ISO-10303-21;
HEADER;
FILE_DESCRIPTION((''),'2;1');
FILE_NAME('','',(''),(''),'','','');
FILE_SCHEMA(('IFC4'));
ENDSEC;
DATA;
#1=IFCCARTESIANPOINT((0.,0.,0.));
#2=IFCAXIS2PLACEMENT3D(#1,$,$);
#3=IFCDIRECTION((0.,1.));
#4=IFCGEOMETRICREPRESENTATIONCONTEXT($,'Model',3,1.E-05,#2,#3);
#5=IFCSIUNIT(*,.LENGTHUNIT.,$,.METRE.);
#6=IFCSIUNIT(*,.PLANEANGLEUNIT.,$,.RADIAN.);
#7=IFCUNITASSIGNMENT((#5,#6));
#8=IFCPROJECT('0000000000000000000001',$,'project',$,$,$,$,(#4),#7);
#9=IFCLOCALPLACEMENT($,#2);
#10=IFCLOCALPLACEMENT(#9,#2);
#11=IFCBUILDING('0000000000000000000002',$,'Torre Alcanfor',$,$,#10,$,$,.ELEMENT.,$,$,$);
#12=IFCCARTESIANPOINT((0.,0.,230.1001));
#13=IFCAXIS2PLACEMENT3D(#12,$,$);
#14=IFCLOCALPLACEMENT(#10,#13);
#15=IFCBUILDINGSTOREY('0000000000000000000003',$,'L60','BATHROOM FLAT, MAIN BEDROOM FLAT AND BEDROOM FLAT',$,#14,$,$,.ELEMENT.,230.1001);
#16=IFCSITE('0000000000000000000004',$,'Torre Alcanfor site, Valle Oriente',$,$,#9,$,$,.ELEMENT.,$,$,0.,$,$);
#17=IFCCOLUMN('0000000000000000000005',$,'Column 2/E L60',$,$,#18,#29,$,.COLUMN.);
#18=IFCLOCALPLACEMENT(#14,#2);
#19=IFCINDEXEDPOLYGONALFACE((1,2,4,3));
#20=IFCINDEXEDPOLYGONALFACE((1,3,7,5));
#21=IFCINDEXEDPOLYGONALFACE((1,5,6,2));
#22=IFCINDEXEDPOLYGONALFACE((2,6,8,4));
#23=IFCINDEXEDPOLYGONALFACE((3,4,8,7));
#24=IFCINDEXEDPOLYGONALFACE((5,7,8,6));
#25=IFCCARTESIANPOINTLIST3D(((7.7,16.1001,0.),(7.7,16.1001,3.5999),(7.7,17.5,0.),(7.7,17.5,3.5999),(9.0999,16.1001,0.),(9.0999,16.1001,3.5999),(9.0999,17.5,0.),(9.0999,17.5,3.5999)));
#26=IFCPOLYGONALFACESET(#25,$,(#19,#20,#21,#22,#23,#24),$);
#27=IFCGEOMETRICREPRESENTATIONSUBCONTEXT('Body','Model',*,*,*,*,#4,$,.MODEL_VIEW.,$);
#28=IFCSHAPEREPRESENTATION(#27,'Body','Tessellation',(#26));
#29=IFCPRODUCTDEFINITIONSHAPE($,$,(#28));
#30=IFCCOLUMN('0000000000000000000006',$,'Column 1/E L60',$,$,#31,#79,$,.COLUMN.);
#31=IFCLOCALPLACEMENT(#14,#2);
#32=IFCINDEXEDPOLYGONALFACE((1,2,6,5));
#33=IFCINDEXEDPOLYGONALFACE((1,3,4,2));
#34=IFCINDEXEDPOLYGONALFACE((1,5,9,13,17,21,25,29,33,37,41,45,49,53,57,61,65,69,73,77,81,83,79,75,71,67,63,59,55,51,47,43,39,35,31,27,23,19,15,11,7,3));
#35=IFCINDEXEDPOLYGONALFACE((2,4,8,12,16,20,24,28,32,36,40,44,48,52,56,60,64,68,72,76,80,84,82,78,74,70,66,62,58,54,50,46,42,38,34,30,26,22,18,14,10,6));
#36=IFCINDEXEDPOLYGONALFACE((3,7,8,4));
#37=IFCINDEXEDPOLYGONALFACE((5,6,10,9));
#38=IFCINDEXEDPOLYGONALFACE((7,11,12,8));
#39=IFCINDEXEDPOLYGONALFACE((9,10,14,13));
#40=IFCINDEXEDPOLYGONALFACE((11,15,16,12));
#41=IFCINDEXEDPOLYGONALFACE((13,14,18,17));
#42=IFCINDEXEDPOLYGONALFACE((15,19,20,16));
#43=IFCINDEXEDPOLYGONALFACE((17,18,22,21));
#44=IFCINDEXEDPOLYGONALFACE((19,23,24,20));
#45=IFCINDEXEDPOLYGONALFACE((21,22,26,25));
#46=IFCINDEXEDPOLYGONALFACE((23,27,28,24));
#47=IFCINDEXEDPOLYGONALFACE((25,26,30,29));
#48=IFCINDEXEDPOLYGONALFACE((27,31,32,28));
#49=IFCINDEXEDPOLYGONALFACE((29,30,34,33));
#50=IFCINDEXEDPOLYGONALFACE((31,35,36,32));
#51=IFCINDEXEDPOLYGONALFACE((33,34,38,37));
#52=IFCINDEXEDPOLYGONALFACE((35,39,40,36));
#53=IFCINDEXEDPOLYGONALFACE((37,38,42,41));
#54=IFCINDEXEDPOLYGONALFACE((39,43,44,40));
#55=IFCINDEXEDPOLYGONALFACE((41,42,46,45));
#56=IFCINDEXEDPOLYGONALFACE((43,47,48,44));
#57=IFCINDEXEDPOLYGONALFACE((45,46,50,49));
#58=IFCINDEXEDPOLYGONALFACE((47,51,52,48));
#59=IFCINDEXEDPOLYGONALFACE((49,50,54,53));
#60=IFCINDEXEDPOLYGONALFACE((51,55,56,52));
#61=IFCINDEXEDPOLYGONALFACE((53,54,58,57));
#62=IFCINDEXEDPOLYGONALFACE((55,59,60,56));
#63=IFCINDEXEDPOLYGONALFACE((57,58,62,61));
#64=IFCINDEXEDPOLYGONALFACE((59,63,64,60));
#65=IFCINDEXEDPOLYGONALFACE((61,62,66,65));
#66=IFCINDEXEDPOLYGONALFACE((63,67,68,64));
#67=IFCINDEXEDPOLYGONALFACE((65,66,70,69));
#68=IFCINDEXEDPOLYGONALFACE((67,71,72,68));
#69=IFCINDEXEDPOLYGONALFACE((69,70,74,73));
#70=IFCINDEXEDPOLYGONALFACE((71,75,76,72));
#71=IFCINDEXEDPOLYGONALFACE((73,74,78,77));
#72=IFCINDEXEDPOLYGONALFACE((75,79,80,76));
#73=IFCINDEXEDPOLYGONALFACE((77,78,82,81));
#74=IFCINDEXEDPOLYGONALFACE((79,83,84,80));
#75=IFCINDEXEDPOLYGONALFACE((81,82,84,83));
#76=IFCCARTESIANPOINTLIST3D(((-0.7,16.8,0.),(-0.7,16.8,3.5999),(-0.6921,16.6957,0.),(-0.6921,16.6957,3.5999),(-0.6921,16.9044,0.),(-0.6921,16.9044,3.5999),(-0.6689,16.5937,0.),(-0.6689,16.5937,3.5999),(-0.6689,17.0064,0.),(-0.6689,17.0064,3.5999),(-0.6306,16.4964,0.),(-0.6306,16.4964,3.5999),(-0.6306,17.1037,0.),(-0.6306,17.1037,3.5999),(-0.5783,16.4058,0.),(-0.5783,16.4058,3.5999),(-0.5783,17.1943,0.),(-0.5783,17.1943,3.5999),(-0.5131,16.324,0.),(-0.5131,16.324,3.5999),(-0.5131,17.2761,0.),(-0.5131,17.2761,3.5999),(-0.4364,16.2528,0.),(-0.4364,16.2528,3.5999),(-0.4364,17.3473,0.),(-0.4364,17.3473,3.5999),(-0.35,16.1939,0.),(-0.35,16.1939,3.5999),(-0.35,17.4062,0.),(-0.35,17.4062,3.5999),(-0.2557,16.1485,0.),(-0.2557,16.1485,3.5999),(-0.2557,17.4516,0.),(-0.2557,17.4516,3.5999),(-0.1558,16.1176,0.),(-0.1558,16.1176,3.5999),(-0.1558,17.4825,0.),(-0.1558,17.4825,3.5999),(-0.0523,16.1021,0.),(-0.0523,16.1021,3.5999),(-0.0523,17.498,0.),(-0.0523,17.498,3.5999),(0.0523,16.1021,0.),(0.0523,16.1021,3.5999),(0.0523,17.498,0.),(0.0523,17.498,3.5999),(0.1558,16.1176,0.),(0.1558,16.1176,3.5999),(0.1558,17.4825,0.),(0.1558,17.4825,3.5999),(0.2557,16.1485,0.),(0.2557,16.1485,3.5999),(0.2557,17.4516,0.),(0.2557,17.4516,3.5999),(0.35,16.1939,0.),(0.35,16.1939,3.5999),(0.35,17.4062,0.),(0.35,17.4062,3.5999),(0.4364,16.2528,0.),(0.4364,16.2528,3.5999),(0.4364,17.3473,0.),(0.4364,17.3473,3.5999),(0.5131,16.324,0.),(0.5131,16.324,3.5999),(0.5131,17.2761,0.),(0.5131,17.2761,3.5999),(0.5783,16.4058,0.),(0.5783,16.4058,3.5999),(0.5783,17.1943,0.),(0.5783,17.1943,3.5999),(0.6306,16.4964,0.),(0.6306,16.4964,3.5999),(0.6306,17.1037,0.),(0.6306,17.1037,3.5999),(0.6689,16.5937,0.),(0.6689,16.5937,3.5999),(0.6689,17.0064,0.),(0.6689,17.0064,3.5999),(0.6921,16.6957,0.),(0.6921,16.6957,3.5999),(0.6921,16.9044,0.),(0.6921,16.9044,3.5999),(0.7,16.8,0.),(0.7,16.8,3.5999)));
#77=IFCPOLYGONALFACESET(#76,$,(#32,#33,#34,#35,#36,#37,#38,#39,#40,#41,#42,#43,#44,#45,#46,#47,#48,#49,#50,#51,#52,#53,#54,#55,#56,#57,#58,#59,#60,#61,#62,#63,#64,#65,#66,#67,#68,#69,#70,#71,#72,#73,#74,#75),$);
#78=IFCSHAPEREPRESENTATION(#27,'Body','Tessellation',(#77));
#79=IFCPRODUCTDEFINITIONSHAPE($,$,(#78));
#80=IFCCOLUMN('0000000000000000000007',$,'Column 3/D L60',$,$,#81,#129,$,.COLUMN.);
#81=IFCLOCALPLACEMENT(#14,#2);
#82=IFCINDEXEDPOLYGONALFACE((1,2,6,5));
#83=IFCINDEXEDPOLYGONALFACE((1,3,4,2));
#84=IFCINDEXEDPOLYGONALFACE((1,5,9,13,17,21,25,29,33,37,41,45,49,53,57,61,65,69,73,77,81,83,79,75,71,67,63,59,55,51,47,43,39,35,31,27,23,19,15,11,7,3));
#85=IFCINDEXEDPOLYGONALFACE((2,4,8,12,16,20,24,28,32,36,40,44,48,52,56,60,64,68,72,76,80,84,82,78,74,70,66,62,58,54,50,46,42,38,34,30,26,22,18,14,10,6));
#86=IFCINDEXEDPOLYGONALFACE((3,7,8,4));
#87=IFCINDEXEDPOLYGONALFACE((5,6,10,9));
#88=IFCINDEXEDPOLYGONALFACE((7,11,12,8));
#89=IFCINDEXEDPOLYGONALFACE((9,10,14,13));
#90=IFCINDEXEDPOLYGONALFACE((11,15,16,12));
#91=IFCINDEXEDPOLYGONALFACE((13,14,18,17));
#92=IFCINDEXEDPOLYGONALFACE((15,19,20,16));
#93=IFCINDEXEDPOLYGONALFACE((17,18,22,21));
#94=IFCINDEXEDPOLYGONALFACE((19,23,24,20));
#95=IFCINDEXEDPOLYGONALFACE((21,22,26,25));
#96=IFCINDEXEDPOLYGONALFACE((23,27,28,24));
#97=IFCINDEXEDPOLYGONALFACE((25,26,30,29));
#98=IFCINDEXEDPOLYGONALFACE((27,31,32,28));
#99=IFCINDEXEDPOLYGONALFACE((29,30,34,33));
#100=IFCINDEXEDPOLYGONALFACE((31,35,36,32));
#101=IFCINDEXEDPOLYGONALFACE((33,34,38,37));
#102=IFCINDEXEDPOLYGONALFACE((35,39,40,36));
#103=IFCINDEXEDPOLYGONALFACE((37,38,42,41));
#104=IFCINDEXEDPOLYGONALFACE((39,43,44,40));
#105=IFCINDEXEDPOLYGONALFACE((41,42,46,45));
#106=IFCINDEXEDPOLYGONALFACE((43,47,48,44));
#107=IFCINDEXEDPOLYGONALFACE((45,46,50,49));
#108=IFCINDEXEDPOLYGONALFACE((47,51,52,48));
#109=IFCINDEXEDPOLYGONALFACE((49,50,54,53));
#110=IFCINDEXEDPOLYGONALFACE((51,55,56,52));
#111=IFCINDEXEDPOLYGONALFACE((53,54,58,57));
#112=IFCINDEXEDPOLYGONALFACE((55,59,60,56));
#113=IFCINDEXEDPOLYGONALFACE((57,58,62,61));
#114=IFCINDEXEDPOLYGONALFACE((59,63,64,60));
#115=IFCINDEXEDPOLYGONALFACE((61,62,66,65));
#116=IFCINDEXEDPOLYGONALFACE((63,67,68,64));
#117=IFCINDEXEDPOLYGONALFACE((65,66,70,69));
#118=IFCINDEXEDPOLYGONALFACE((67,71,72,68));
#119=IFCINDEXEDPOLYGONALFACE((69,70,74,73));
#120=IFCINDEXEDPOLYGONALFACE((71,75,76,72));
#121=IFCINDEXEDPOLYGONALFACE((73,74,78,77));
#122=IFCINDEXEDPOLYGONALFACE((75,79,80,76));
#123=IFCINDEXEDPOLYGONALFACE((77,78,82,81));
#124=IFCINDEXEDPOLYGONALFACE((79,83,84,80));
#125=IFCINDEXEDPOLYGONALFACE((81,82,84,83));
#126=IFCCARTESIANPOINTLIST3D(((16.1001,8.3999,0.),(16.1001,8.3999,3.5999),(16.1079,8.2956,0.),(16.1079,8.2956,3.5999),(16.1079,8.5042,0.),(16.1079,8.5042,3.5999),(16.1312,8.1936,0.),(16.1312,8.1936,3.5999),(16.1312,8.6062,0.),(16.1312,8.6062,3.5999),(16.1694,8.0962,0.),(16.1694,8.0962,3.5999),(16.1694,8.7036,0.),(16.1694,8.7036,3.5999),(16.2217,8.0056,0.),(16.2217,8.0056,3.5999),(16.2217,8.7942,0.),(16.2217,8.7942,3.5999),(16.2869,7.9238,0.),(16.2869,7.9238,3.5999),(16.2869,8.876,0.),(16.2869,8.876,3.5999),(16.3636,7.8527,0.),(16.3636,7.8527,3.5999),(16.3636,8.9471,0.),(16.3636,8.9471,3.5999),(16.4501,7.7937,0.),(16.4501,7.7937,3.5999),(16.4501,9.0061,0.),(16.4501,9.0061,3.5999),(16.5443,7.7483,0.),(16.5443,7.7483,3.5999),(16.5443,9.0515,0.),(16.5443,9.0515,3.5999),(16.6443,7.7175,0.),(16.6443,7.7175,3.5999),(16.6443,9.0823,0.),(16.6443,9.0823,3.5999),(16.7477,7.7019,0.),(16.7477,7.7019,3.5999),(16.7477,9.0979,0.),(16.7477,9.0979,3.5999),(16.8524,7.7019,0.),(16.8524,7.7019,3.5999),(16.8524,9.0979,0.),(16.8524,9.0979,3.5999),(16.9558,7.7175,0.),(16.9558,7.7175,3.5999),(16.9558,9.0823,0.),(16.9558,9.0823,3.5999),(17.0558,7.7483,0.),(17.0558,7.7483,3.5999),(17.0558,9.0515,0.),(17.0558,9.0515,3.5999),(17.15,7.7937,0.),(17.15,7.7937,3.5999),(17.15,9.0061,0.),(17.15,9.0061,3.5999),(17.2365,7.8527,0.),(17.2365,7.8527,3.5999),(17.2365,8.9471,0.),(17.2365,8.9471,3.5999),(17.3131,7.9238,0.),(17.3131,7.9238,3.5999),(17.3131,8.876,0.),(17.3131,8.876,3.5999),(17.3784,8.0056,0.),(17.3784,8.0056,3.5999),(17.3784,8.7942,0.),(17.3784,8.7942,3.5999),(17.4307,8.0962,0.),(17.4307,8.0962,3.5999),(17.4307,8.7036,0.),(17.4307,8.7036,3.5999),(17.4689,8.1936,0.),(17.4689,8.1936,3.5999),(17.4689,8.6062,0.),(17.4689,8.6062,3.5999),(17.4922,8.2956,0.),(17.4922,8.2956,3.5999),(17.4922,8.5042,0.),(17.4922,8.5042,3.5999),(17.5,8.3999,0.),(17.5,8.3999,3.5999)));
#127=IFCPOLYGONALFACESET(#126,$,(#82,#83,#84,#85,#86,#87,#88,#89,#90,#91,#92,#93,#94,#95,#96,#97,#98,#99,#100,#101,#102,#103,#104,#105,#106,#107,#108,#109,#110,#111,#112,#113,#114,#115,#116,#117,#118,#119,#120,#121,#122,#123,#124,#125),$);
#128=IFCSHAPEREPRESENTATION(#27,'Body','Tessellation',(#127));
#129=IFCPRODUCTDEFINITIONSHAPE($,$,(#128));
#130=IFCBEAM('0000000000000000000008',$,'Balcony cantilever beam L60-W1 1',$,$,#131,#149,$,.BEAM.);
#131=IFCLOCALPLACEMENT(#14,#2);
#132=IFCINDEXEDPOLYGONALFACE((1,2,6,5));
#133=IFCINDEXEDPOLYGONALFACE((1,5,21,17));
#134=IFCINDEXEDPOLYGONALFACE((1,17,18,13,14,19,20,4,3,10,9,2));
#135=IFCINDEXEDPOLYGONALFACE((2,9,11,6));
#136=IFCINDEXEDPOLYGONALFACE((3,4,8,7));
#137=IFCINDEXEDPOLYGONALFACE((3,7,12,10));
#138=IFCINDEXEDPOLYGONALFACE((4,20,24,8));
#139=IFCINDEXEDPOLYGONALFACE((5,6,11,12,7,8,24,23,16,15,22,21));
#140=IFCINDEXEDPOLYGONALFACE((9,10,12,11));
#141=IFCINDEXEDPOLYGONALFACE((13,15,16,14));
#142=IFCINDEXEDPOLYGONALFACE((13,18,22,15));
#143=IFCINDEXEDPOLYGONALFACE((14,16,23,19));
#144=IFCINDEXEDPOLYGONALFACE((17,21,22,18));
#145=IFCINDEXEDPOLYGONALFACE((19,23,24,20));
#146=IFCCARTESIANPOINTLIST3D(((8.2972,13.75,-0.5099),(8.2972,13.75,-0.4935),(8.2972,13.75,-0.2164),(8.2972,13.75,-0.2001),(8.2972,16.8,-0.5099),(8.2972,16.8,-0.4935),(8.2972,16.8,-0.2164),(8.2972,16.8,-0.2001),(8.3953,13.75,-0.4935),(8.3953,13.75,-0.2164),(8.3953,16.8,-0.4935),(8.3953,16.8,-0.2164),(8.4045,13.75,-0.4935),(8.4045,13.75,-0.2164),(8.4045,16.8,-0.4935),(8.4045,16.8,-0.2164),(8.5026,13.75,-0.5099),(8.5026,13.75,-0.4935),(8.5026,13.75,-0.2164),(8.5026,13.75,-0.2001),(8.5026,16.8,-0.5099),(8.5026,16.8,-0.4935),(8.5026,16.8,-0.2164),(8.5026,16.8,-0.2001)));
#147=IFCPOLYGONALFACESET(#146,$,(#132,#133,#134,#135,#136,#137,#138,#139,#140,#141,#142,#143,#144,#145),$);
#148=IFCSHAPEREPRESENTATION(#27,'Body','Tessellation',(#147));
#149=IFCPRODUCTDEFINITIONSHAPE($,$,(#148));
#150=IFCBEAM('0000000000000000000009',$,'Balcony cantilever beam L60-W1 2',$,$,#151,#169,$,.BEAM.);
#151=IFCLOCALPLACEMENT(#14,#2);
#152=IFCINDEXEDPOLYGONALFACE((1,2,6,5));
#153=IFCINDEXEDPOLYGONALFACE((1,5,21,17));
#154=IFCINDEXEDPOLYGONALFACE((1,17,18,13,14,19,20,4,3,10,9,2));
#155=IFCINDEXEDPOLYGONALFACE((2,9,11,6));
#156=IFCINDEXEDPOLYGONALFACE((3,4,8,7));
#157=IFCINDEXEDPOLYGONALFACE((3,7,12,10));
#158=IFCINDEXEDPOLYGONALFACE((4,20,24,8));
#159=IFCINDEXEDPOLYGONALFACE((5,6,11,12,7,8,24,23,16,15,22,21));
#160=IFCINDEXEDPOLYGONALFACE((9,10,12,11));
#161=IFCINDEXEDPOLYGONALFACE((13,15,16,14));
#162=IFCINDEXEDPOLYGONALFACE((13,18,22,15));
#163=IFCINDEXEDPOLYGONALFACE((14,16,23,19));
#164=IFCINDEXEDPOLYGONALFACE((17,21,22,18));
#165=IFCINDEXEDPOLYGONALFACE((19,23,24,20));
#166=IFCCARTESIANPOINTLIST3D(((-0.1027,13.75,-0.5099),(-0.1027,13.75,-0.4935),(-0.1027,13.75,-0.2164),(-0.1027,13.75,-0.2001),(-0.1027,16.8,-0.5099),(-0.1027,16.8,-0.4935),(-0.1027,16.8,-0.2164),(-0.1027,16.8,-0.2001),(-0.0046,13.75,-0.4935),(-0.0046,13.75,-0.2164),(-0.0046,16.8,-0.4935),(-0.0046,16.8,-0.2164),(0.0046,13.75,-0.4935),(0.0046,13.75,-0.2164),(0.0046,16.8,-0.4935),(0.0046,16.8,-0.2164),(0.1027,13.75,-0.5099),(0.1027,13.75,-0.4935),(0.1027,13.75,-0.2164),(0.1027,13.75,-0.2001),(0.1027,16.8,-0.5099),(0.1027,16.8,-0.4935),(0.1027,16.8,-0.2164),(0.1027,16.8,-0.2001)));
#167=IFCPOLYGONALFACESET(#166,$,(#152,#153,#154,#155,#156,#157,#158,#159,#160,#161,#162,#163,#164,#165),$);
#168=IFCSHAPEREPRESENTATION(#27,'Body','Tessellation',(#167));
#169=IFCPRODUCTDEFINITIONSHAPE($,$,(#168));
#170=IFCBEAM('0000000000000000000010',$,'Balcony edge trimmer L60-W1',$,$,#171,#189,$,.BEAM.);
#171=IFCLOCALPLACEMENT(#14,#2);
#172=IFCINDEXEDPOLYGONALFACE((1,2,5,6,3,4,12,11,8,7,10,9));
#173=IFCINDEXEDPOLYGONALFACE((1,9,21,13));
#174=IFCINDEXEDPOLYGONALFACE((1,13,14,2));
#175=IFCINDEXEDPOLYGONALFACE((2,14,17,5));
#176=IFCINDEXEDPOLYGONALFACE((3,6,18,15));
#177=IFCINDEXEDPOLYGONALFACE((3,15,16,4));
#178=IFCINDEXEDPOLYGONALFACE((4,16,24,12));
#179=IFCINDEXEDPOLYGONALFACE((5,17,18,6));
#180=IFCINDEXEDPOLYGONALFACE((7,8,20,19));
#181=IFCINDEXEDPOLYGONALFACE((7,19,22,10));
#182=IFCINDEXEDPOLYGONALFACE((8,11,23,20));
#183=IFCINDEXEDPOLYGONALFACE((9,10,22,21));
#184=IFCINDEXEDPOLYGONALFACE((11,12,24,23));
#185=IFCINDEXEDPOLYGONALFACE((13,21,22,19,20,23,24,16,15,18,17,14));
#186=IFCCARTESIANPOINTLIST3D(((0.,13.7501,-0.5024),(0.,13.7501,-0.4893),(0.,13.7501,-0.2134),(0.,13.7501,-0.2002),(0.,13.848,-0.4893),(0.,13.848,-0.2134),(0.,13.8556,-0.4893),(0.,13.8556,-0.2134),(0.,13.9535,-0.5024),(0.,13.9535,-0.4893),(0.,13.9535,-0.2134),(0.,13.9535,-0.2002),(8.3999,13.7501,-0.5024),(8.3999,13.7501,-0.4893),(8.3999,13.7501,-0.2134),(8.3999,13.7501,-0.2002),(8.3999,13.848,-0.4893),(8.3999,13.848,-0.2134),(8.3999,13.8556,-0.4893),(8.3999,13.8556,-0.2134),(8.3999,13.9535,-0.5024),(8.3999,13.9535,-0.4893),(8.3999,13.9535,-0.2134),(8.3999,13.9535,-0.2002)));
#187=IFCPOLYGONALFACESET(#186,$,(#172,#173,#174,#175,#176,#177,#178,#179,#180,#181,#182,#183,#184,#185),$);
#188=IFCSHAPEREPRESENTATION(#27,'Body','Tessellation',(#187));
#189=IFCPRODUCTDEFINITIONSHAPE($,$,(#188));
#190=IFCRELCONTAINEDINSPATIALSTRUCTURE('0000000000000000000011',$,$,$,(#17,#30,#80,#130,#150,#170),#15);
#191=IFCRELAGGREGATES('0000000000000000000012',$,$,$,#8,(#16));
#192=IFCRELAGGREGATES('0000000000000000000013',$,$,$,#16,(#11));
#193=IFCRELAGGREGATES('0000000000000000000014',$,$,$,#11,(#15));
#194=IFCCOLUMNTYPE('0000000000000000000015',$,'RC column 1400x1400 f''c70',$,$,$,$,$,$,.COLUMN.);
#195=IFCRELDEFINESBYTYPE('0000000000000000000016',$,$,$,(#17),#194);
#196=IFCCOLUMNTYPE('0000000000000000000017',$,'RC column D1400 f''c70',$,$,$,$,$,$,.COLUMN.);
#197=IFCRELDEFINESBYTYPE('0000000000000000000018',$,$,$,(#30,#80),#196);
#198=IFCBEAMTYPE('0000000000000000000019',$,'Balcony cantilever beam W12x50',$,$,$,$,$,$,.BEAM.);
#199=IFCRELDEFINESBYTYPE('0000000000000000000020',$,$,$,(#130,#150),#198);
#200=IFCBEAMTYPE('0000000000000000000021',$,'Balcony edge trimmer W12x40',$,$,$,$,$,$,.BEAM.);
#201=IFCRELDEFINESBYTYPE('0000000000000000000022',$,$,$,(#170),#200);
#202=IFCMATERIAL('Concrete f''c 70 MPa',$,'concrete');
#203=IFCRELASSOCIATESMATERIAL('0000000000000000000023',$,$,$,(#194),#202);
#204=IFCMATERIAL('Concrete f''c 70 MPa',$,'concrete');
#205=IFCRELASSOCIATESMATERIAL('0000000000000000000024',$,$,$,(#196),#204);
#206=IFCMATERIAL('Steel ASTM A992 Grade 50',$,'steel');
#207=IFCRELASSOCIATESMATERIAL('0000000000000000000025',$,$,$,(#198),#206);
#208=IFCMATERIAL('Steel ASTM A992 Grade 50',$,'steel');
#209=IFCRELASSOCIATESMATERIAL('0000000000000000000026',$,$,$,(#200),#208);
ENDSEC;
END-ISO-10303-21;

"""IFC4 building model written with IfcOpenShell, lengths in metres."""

from ifc_helpers import new_model, si_unit, direction, frame, origin, origin_2d, place, context, subcontext, project, spatial, rectangle, circle, i_section, extrude, material, material_profile, profile_set, type_object, element, save


model = new_model("IFC4")

# Units and contexts
model_context = context("Model", 3, precision=1e-05, world=origin(), true_north=direction((0.0, 1.0)))
body_context = subcontext(model_context, "Body", "Model", "MODEL_VIEW")
ifc_project = project(units=[si_unit("LENGTHUNIT", "METRE"), si_unit("PLANEANGLEUNIT", "RADIAN")], contexts=[model_context])

# Site, building, storey
site_placement = place(None, origin())
site = spatial("IfcSite", under=ifc_project, at=site_placement, Name="Torre Alcanfor site, Valle Oriente", CompositionType="ELEMENT", RefElevation=0.0)
building_placement = place(site_placement, origin())
building = spatial("IfcBuilding", under=site, at=building_placement, Name="Torre Alcanfor", CompositionType="ELEMENT")
storey_placement = place(building_placement, frame((0.0, 0.0, 230.1001)))
storey = spatial("IfcBuildingStorey", under=building, at=storey_placement, Name="L60", Description="BATHROOM FLAT, MAIN BEDROOM FLAT AND BEDROOM FLAT", CompositionType="ELEMENT", Elevation=230.1001)

# Columns
ifc_material_1 = material(Name="Concrete f'c 70 MPa", Category="concrete")
ifc_material_profile_1 = material_profile(ifc_material_1, rectangle(XDim=1.3999, YDim=1.3999, at=origin_2d()), Name="1400x1400")
ifc_profile_set_1 = profile_set([ifc_material_profile_1], Name="Concrete f'c 70 MPa")
column_type_1 = type_object("IfcColumnType", Name="RC column 1400x1400 f'c70", PredefinedType="COLUMN", material=ifc_profile_set_1)
column_placement = place(storey_placement, frame((8.3999, 16.8, 0.0), z_axis=(0.0, 0.0, 1.0), x_axis=(1.0, 0.0, 0.0)))
element("IfcColumn", 1, at=column_placement, inside=storey, type_object=column_type_1, Name="Column 2/E L60", PredefinedType="COLUMN", context=body_context, shape_type="SweptSolid", body=[
    extrude(rectangle(XDim=1.3999, YDim=1.3999, at=origin_2d()), origin(), (0.0, 0.0, 1.0), 3.5999),
])
ifc_material_2 = material(Name="Concrete f'c 70 MPa", Category="concrete")
ifc_material_profile_2 = material_profile(ifc_material_2, circle(Radius=0.7, at=origin_2d()), Name="D1400")
ifc_profile_set_2 = profile_set([ifc_material_profile_2], Name="Concrete f'c 70 MPa")
column_type_2 = type_object("IfcColumnType", Name="RC column D1400 f'c70", PredefinedType="COLUMN", material=ifc_profile_set_2)
for number, where, z_axis, x_axis, name in (
    (2, (0.0, 16.8, 0.0), (0.0, 0.0, 1.0), (1.0, 0.0, 0.0), "Column 1/E L60"),
    (3, (16.8, 8.3999, 0.0), (0.0, 0.0, 1.0), (1.0, 0.0, 0.0), "Column 3/D L60"),
):
    element("IfcColumn", number, at=place(storey_placement, frame(where, z_axis=z_axis, x_axis=x_axis)), inside=storey, type_object=column_type_2, Name=name, PredefinedType="COLUMN", context=body_context, shape_type="SweptSolid", body=[
        extrude(circle(Radius=0.7, at=origin_2d()), origin(), (0.0, 0.0, 1.0), 3.5999),
    ])

# Beams
ifc_material_3 = material(Name="Steel ASTM A992 Grade 50", Category="steel")
ifc_material_profile_3 = material_profile(ifc_material_3, i_section(OverallWidth=0.2053, OverallDepth=0.3098, WebThickness=0.0093, FlangeThickness=0.0164, at=origin_2d()), Name="W12x50")
ifc_profile_set_3 = profile_set([ifc_material_profile_3], Name="Steel ASTM A992 Grade 50")
beam_type_1 = type_object("IfcBeamType", Name="Balcony cantilever beam W12x50", PredefinedType="BEAM", material=ifc_profile_set_3)
for number, where, z_axis, x_axis, name in (
    (4, (8.3999, 16.8, -0.355), (0.0, -1.0, 0.0), (1.0, 0.0, 0.0), "Balcony cantilever beam L60-W1 1"),
    (5, (0.0, 16.8, -0.355), (0.0, -1.0, 0.0), (1.0, 0.0, 0.0), "Balcony cantilever beam L60-W1 2"),
):
    element("IfcBeam", number, at=place(storey_placement, frame(where, z_axis=z_axis, x_axis=x_axis)), inside=storey, type_object=beam_type_1, Name=name, PredefinedType="BEAM", context=body_context, shape_type="SweptSolid", body=[
        extrude(i_section(OverallWidth=0.2053, OverallDepth=0.3098, WebThickness=0.0093, FlangeThickness=0.0164, at=origin_2d()), origin(), (0.0, 0.0, 1.0), 3.05),
    ])
ifc_material_4 = material(Name="Steel ASTM A992 Grade 50", Category="steel")
ifc_material_profile_4 = material_profile(ifc_material_4, i_section(OverallWidth=0.2034, OverallDepth=0.3022, WebThickness=0.0076, FlangeThickness=0.0132, at=origin_2d()), Name="W12x40")
ifc_profile_set_4 = profile_set([ifc_material_profile_4], Name="Steel ASTM A992 Grade 50")
beam_type_2 = type_object("IfcBeamType", Name="Balcony edge trimmer W12x40", PredefinedType="BEAM", material=ifc_profile_set_4)
beam_1_placement = place(storey_placement, frame((8.3999, 13.8518, -0.3513), z_axis=(-1.0, 0.0, 0.0), x_axis=(0.0, -1.0, 0.0)))
element("IfcBeam", 6, at=beam_1_placement, inside=storey, type_object=beam_type_2, Name="Balcony edge trimmer L60-W1", PredefinedType="BEAM", context=body_context, shape_type="SweptSolid", body=[
    extrude(i_section(OverallWidth=0.2034, OverallDepth=0.3022, WebThickness=0.0076, FlangeThickness=0.0132, at=origin_2d()), origin(), (0.0, 0.0, 1.0), 8.3999),
])

save(model, "model.ifc")
